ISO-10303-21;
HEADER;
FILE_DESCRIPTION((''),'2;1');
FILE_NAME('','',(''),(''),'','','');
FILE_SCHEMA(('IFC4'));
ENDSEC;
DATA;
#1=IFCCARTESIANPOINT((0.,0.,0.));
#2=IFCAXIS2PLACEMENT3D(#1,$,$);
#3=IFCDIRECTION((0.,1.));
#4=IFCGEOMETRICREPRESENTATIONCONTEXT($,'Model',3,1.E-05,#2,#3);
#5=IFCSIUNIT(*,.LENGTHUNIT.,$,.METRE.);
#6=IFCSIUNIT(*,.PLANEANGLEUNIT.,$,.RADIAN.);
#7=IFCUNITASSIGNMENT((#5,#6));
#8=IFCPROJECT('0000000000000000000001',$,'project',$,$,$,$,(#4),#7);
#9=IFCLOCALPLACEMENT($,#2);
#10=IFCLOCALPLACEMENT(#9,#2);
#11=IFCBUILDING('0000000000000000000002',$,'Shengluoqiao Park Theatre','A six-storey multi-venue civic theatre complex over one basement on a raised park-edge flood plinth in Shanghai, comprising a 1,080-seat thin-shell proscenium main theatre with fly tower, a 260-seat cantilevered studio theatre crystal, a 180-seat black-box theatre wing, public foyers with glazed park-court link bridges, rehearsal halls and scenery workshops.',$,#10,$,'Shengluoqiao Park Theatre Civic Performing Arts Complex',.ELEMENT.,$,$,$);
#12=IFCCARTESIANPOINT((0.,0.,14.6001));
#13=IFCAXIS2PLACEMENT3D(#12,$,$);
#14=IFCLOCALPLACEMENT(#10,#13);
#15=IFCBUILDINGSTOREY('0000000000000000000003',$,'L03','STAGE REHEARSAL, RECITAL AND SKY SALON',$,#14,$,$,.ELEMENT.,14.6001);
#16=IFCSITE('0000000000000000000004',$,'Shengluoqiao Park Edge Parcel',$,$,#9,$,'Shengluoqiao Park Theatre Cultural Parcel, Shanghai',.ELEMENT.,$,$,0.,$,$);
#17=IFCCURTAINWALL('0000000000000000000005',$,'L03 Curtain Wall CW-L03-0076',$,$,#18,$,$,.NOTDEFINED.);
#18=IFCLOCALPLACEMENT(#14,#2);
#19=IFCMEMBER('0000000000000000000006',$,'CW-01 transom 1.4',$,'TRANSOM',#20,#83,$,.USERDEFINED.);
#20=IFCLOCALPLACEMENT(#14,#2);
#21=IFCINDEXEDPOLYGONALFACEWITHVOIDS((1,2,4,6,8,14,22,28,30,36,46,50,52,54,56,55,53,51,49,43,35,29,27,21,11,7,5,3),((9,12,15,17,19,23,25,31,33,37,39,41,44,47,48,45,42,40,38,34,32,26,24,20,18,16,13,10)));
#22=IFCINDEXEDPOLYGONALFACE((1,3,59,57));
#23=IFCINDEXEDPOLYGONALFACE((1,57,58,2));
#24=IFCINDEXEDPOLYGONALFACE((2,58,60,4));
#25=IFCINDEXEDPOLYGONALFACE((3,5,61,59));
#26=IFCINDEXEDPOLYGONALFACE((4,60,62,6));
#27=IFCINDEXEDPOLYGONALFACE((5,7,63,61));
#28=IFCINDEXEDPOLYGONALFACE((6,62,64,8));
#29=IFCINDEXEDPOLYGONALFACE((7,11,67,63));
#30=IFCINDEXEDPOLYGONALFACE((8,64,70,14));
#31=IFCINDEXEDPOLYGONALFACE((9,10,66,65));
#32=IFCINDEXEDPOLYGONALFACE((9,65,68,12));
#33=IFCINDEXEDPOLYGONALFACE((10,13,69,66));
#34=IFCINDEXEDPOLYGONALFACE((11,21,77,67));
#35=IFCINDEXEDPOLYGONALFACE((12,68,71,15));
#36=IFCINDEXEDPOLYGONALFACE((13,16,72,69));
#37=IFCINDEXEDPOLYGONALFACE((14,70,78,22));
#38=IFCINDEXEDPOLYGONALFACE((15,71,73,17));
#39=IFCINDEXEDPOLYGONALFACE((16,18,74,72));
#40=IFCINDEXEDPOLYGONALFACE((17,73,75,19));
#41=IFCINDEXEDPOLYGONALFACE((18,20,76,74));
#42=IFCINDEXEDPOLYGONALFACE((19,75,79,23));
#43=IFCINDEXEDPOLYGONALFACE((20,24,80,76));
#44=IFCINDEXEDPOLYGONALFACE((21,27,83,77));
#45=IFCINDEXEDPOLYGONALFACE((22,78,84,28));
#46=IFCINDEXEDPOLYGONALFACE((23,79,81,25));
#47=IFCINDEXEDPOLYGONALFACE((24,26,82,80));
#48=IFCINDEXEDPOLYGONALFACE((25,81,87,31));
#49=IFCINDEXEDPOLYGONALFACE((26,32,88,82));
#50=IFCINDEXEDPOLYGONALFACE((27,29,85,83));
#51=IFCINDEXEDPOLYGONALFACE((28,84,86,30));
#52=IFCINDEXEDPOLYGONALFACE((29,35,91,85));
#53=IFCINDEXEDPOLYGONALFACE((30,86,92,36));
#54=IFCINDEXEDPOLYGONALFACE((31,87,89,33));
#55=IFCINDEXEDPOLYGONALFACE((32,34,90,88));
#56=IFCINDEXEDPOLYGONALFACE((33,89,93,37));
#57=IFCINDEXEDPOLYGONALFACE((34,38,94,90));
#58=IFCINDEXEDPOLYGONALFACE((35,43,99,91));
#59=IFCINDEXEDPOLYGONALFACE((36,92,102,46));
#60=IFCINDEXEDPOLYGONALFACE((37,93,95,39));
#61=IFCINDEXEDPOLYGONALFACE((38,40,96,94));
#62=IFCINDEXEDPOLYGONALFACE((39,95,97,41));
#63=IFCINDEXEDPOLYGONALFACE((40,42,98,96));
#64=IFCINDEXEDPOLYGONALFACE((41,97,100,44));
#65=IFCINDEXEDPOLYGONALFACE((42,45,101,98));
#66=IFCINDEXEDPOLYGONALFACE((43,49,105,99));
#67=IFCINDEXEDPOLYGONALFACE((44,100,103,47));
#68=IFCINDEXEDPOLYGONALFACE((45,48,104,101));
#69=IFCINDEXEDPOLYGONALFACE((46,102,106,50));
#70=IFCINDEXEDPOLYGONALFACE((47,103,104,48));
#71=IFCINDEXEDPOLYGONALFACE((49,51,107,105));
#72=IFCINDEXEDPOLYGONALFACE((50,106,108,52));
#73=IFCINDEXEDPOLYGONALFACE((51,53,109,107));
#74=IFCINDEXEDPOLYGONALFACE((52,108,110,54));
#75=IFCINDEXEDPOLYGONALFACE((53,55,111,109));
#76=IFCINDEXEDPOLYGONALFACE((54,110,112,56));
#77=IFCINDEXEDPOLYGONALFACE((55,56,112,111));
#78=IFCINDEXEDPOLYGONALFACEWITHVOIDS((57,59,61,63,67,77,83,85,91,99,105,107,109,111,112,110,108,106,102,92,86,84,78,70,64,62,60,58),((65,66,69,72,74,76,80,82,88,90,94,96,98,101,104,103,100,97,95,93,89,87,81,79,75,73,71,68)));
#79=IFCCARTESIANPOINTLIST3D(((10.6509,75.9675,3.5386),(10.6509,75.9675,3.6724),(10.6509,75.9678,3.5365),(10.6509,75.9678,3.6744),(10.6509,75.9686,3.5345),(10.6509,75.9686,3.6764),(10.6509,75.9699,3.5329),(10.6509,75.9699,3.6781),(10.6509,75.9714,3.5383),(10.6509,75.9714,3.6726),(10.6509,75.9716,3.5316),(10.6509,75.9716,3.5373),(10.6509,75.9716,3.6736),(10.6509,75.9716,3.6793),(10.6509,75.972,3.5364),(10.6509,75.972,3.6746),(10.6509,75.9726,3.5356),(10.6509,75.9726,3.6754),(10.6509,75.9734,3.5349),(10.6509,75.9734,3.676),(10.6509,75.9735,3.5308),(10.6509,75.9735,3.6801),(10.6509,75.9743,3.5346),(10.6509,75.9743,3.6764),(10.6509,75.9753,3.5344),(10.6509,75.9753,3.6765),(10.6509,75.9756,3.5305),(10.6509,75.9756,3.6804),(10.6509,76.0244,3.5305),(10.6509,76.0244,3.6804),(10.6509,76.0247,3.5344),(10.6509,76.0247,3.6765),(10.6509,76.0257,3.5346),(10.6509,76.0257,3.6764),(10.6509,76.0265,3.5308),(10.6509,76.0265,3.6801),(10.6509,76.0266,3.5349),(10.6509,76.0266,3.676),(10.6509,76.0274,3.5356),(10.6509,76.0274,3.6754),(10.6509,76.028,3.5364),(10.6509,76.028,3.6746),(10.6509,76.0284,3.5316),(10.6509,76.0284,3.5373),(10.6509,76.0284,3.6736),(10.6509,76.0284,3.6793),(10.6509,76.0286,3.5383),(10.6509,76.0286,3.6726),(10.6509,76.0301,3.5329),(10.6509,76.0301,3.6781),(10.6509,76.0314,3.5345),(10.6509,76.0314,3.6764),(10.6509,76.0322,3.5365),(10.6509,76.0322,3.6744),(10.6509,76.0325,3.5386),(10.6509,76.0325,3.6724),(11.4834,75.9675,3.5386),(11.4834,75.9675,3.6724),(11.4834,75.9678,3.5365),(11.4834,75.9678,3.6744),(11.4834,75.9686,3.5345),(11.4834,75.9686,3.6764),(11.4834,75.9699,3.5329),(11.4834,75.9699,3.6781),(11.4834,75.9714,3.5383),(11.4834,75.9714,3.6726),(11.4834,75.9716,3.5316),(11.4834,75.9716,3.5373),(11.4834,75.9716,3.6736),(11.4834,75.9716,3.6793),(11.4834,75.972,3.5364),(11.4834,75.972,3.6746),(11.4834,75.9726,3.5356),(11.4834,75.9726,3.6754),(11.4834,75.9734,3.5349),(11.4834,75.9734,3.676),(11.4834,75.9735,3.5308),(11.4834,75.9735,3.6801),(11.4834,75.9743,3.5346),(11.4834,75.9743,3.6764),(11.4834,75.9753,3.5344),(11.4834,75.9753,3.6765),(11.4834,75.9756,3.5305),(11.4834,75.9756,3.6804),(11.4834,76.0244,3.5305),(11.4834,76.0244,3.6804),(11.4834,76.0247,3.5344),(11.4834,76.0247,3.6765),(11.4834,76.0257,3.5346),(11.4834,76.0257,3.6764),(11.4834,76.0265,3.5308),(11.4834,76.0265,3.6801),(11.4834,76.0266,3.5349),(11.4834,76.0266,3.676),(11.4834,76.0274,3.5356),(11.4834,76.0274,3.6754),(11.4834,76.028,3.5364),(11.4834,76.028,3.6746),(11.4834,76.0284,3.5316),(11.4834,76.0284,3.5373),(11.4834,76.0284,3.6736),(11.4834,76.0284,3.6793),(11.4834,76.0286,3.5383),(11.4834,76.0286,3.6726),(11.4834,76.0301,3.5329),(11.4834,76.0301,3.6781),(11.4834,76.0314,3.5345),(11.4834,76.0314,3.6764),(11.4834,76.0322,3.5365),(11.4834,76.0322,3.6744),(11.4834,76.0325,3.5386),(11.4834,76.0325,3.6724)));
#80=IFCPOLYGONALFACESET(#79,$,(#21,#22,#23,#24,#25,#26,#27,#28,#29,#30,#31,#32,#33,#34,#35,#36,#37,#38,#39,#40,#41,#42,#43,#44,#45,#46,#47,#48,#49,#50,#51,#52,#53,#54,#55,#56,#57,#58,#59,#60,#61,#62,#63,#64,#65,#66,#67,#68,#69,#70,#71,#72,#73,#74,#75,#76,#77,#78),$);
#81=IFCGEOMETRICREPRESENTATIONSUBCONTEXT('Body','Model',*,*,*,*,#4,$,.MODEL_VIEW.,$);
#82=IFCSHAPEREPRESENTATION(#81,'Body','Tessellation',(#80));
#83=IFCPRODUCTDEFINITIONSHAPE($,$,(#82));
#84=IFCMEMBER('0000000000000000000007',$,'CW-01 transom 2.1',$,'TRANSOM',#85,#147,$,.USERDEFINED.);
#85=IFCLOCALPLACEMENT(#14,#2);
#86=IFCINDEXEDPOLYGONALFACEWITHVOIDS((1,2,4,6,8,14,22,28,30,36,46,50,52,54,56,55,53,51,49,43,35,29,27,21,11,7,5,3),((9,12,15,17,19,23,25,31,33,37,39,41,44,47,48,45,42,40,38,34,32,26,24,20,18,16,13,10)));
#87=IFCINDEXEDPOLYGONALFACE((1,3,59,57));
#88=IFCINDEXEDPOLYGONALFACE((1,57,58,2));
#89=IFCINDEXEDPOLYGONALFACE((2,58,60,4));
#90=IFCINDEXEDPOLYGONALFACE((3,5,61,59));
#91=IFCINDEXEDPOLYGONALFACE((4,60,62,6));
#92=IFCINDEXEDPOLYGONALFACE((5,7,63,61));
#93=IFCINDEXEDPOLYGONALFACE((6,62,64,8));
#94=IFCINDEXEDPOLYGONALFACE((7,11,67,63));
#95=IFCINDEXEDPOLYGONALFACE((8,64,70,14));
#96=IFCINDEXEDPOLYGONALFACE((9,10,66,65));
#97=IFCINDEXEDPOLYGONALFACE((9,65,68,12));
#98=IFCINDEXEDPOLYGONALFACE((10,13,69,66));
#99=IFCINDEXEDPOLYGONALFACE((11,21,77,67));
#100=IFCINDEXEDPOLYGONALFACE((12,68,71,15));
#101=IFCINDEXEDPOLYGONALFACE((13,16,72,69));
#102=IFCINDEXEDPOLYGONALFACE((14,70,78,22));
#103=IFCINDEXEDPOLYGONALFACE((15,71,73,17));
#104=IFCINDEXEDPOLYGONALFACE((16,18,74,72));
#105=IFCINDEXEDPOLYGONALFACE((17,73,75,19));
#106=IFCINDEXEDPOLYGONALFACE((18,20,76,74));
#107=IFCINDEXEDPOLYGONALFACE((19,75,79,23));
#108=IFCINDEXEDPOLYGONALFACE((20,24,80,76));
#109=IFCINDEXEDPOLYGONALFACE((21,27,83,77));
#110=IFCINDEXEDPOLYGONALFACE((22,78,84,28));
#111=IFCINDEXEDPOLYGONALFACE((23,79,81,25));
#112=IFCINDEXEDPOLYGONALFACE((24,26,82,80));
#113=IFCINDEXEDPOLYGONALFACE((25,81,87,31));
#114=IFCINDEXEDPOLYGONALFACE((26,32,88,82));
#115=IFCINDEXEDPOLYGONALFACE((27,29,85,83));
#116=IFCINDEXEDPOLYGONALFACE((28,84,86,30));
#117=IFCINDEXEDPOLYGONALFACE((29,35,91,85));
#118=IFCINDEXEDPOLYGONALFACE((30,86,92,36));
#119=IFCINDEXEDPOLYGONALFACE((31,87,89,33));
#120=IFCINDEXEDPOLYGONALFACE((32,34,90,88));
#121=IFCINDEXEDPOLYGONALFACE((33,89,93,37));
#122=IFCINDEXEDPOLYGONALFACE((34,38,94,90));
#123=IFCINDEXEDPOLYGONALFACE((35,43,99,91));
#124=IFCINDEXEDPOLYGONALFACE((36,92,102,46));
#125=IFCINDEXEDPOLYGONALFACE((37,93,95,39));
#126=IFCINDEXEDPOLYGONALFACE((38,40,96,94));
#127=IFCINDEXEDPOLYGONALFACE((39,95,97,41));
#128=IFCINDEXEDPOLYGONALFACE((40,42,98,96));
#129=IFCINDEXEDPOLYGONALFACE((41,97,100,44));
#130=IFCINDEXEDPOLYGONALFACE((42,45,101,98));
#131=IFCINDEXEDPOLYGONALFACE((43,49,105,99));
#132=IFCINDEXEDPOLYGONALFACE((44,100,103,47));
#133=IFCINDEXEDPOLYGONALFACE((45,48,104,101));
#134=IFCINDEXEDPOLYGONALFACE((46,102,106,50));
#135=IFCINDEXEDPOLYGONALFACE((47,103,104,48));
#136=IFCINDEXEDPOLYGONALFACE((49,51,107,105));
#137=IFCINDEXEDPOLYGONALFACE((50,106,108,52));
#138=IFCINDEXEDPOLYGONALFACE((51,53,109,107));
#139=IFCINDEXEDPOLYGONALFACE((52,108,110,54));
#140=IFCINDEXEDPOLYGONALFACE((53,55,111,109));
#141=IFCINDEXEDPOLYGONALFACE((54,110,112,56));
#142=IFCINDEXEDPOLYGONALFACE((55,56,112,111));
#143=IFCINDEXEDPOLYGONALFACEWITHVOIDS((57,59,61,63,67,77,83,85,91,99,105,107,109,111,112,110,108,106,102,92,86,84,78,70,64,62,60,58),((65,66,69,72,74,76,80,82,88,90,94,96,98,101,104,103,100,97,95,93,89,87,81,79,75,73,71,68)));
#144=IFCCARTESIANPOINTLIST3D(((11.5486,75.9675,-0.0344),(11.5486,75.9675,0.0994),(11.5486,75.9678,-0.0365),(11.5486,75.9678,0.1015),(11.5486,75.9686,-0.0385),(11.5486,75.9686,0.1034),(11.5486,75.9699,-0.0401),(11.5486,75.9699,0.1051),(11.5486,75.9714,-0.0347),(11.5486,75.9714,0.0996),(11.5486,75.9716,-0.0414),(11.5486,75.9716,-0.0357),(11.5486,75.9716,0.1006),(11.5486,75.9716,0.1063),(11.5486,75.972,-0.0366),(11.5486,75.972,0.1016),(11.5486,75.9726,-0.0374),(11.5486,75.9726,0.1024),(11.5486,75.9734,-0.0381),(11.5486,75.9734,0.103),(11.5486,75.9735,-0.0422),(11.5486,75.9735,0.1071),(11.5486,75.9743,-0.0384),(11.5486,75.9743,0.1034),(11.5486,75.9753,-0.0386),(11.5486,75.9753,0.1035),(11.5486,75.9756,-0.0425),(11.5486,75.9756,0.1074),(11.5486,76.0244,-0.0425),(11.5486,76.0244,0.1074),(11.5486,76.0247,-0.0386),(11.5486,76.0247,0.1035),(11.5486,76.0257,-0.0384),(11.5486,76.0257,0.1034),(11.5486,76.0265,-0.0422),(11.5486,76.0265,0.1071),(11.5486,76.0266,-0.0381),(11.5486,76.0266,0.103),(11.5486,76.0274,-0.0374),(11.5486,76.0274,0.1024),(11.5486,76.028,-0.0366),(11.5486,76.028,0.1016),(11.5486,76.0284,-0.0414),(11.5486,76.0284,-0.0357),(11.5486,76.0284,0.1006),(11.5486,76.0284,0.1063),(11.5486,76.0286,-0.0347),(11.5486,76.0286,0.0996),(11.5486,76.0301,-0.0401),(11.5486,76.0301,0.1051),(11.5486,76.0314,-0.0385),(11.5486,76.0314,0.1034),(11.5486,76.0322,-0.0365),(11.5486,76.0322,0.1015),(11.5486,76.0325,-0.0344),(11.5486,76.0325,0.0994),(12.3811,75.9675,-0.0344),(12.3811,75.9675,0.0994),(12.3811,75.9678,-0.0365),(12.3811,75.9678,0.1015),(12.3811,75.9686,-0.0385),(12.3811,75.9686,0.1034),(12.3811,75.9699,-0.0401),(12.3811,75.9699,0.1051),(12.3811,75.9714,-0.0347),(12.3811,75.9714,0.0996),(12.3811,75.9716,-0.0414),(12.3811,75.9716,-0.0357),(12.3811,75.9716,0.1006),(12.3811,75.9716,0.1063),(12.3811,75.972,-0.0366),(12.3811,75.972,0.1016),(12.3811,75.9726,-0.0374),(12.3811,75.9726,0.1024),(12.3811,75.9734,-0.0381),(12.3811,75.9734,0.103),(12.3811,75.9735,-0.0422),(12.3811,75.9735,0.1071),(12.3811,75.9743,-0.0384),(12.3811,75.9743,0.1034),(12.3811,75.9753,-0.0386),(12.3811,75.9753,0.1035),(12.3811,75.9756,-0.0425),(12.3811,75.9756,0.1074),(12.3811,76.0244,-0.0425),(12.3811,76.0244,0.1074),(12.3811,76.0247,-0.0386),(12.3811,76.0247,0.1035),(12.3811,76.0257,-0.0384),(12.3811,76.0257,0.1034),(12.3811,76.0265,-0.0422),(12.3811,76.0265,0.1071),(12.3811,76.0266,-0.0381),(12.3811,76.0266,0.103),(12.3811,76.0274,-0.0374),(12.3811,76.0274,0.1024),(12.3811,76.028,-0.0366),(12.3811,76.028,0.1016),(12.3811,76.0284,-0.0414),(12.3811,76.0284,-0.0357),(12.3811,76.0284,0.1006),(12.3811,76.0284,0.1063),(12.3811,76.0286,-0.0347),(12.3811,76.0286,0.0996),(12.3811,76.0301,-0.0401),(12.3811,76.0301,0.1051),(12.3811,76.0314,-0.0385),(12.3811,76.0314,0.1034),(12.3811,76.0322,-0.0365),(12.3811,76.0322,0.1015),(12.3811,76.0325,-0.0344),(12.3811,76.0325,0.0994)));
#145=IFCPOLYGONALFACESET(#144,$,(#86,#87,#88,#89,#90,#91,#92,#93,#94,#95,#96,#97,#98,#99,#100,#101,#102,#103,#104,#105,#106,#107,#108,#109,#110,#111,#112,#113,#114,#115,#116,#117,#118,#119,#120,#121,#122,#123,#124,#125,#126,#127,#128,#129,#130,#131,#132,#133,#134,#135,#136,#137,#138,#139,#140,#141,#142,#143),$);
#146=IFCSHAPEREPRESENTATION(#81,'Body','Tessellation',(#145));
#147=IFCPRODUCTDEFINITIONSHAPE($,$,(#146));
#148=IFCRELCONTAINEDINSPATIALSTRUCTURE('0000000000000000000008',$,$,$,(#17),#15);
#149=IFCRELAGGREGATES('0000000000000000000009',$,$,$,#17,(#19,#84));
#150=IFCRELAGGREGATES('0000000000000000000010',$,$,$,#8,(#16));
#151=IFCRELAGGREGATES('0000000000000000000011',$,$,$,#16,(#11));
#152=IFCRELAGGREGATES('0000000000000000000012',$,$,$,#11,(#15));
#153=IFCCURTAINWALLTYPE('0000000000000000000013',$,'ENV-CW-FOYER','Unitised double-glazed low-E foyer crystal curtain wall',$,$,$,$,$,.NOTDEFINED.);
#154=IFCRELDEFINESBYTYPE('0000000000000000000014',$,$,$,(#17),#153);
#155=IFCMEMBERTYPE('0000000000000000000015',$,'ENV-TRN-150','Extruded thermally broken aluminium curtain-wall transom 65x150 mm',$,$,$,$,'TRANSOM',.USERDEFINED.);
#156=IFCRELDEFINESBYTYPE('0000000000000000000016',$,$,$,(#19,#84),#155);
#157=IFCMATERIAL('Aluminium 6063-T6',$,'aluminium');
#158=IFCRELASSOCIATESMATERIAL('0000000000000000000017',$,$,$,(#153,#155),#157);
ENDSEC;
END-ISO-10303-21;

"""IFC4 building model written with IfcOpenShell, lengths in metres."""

from ifc_helpers import new_model, si_unit, direction, frame, origin, origin_2d, place, context, subcontext, project, spatial, hollow_rectangle, extrude, material, material_profile, profile_set, type_object, element, aggregate, save


model = new_model("IFC4")

# Units and contexts
model_context = context("Model", 3, precision=1e-05, world=origin(), true_north=direction((0.0, 1.0)))
body_context = subcontext(model_context, "Body", "Model", "MODEL_VIEW")
ifc_project = project(units=[si_unit("LENGTHUNIT", "METRE"), si_unit("PLANEANGLEUNIT", "RADIAN")], contexts=[model_context])

# Site, building, storey
site_placement = place(None, origin())
site = spatial("IfcSite", under=ifc_project, at=site_placement, Name="Shengluoqiao Park Edge Parcel", LongName="Shengluoqiao Park Theatre Cultural Parcel, Shanghai", CompositionType="ELEMENT", RefElevation=0.0)
building_placement = place(site_placement, origin())
building = spatial("IfcBuilding", under=site, at=building_placement, Name="Shengluoqiao Park Theatre", Description="A six-storey multi-venue civic theatre complex over one basement on a raised park-edge flood plinth in Shanghai, comprising a 1,080-seat thin-shell proscenium main theatre with fly tower, a 260-seat cantilevered studio theatre crystal, a 180-seat black-box theatre wing, public foyers with glazed park-court link bridges, rehearsal halls and scenery workshops.", LongName="Shengluoqiao Park Theatre Civic Performing Arts Complex", CompositionType="ELEMENT")
storey_placement = place(building_placement, frame((0.0, 0.0, 14.6001)))
storey = spatial("IfcBuildingStorey", under=building, at=storey_placement, Name="L03", Description="STAGE REHEARSAL, RECITAL AND SKY SALON", CompositionType="ELEMENT", Elevation=14.6001)

# Curtain wall
ifc_material_1 = material(Name="Aluminium 6063-T6", Category="aluminium")
curtain_wall_type = type_object("IfcCurtainWallType", Name="ENV-CW-FOYER", Description="Unitised double-glazed low-E foyer crystal curtain wall", PredefinedType="NOTDEFINED", material=ifc_material_1)
curtain_wall_1_placement = place(storey_placement, origin())
curtain_wall_1 = element("IfcCurtainWall", 1, at=curtain_wall_1_placement, inside=storey, type_object=curtain_wall_type, Name="L03 Curtain Wall CW-L03-0076", PredefinedType="NOTDEFINED")

# Members
ifc_material_profile_1 = material_profile(ifc_material_1, hollow_rectangle(XDim=0.0649, YDim=0.1499, WallThickness=0.0039, InnerFilletRadius=0.0039, OuterFilletRadius=0.0081, at=origin_2d()), Name="ALU TRANSOM 150x65x4")
ifc_profile_set_1 = profile_set([ifc_material_profile_1], Name="Aluminium 6063-T6")
member_type_1 = type_object("IfcMemberType", Name="ENV-TRN-150", Description="Extruded thermally broken aluminium curtain-wall transom 65x150 mm", ElementType="TRANSOM", PredefinedType="USERDEFINED", material=ifc_profile_set_1)
member_1_placement = place(storey_placement, frame((10.6509, 76.0, 3.6055), z_axis=(1.0, 0.0, 0.0), x_axis=(0.0, 1.0, 0.0)))
member_1 = element("IfcMember", 2, at=member_1_placement, type_object=member_type_1, Name="CW-01 transom 1.4", ObjectType="TRANSOM", PredefinedType="USERDEFINED", context=body_context, shape_type="SweptSolid", body=[
    extrude(hollow_rectangle(XDim=0.0649, YDim=0.1499, WallThickness=0.0039, InnerFilletRadius=0.0039, OuterFilletRadius=0.0081, at=origin_2d()), origin(), (0.0, 0.0, 1.0), 0.8325),
])
member_2_placement = place(storey_placement, frame((11.5486, 76.0, 0.0325), z_axis=(1.0, 0.0, 0.0), x_axis=(0.0, 1.0, 0.0)))
member_2 = element("IfcMember", 3, at=member_2_placement, type_object=member_type_1, Name="CW-01 transom 2.1", ObjectType="TRANSOM", PredefinedType="USERDEFINED", context=body_context, shape_type="SweptSolid", body=[
    extrude(hollow_rectangle(XDim=0.0649, YDim=0.1499, WallThickness=0.0039, InnerFilletRadius=0.0039, OuterFilletRadius=0.0081, at=origin_2d()), origin(), (0.0, 0.0, 1.0), 0.8325),
])

aggregate(curtain_wall_1, [member_1, member_2])

save(model, "model.ifc")
